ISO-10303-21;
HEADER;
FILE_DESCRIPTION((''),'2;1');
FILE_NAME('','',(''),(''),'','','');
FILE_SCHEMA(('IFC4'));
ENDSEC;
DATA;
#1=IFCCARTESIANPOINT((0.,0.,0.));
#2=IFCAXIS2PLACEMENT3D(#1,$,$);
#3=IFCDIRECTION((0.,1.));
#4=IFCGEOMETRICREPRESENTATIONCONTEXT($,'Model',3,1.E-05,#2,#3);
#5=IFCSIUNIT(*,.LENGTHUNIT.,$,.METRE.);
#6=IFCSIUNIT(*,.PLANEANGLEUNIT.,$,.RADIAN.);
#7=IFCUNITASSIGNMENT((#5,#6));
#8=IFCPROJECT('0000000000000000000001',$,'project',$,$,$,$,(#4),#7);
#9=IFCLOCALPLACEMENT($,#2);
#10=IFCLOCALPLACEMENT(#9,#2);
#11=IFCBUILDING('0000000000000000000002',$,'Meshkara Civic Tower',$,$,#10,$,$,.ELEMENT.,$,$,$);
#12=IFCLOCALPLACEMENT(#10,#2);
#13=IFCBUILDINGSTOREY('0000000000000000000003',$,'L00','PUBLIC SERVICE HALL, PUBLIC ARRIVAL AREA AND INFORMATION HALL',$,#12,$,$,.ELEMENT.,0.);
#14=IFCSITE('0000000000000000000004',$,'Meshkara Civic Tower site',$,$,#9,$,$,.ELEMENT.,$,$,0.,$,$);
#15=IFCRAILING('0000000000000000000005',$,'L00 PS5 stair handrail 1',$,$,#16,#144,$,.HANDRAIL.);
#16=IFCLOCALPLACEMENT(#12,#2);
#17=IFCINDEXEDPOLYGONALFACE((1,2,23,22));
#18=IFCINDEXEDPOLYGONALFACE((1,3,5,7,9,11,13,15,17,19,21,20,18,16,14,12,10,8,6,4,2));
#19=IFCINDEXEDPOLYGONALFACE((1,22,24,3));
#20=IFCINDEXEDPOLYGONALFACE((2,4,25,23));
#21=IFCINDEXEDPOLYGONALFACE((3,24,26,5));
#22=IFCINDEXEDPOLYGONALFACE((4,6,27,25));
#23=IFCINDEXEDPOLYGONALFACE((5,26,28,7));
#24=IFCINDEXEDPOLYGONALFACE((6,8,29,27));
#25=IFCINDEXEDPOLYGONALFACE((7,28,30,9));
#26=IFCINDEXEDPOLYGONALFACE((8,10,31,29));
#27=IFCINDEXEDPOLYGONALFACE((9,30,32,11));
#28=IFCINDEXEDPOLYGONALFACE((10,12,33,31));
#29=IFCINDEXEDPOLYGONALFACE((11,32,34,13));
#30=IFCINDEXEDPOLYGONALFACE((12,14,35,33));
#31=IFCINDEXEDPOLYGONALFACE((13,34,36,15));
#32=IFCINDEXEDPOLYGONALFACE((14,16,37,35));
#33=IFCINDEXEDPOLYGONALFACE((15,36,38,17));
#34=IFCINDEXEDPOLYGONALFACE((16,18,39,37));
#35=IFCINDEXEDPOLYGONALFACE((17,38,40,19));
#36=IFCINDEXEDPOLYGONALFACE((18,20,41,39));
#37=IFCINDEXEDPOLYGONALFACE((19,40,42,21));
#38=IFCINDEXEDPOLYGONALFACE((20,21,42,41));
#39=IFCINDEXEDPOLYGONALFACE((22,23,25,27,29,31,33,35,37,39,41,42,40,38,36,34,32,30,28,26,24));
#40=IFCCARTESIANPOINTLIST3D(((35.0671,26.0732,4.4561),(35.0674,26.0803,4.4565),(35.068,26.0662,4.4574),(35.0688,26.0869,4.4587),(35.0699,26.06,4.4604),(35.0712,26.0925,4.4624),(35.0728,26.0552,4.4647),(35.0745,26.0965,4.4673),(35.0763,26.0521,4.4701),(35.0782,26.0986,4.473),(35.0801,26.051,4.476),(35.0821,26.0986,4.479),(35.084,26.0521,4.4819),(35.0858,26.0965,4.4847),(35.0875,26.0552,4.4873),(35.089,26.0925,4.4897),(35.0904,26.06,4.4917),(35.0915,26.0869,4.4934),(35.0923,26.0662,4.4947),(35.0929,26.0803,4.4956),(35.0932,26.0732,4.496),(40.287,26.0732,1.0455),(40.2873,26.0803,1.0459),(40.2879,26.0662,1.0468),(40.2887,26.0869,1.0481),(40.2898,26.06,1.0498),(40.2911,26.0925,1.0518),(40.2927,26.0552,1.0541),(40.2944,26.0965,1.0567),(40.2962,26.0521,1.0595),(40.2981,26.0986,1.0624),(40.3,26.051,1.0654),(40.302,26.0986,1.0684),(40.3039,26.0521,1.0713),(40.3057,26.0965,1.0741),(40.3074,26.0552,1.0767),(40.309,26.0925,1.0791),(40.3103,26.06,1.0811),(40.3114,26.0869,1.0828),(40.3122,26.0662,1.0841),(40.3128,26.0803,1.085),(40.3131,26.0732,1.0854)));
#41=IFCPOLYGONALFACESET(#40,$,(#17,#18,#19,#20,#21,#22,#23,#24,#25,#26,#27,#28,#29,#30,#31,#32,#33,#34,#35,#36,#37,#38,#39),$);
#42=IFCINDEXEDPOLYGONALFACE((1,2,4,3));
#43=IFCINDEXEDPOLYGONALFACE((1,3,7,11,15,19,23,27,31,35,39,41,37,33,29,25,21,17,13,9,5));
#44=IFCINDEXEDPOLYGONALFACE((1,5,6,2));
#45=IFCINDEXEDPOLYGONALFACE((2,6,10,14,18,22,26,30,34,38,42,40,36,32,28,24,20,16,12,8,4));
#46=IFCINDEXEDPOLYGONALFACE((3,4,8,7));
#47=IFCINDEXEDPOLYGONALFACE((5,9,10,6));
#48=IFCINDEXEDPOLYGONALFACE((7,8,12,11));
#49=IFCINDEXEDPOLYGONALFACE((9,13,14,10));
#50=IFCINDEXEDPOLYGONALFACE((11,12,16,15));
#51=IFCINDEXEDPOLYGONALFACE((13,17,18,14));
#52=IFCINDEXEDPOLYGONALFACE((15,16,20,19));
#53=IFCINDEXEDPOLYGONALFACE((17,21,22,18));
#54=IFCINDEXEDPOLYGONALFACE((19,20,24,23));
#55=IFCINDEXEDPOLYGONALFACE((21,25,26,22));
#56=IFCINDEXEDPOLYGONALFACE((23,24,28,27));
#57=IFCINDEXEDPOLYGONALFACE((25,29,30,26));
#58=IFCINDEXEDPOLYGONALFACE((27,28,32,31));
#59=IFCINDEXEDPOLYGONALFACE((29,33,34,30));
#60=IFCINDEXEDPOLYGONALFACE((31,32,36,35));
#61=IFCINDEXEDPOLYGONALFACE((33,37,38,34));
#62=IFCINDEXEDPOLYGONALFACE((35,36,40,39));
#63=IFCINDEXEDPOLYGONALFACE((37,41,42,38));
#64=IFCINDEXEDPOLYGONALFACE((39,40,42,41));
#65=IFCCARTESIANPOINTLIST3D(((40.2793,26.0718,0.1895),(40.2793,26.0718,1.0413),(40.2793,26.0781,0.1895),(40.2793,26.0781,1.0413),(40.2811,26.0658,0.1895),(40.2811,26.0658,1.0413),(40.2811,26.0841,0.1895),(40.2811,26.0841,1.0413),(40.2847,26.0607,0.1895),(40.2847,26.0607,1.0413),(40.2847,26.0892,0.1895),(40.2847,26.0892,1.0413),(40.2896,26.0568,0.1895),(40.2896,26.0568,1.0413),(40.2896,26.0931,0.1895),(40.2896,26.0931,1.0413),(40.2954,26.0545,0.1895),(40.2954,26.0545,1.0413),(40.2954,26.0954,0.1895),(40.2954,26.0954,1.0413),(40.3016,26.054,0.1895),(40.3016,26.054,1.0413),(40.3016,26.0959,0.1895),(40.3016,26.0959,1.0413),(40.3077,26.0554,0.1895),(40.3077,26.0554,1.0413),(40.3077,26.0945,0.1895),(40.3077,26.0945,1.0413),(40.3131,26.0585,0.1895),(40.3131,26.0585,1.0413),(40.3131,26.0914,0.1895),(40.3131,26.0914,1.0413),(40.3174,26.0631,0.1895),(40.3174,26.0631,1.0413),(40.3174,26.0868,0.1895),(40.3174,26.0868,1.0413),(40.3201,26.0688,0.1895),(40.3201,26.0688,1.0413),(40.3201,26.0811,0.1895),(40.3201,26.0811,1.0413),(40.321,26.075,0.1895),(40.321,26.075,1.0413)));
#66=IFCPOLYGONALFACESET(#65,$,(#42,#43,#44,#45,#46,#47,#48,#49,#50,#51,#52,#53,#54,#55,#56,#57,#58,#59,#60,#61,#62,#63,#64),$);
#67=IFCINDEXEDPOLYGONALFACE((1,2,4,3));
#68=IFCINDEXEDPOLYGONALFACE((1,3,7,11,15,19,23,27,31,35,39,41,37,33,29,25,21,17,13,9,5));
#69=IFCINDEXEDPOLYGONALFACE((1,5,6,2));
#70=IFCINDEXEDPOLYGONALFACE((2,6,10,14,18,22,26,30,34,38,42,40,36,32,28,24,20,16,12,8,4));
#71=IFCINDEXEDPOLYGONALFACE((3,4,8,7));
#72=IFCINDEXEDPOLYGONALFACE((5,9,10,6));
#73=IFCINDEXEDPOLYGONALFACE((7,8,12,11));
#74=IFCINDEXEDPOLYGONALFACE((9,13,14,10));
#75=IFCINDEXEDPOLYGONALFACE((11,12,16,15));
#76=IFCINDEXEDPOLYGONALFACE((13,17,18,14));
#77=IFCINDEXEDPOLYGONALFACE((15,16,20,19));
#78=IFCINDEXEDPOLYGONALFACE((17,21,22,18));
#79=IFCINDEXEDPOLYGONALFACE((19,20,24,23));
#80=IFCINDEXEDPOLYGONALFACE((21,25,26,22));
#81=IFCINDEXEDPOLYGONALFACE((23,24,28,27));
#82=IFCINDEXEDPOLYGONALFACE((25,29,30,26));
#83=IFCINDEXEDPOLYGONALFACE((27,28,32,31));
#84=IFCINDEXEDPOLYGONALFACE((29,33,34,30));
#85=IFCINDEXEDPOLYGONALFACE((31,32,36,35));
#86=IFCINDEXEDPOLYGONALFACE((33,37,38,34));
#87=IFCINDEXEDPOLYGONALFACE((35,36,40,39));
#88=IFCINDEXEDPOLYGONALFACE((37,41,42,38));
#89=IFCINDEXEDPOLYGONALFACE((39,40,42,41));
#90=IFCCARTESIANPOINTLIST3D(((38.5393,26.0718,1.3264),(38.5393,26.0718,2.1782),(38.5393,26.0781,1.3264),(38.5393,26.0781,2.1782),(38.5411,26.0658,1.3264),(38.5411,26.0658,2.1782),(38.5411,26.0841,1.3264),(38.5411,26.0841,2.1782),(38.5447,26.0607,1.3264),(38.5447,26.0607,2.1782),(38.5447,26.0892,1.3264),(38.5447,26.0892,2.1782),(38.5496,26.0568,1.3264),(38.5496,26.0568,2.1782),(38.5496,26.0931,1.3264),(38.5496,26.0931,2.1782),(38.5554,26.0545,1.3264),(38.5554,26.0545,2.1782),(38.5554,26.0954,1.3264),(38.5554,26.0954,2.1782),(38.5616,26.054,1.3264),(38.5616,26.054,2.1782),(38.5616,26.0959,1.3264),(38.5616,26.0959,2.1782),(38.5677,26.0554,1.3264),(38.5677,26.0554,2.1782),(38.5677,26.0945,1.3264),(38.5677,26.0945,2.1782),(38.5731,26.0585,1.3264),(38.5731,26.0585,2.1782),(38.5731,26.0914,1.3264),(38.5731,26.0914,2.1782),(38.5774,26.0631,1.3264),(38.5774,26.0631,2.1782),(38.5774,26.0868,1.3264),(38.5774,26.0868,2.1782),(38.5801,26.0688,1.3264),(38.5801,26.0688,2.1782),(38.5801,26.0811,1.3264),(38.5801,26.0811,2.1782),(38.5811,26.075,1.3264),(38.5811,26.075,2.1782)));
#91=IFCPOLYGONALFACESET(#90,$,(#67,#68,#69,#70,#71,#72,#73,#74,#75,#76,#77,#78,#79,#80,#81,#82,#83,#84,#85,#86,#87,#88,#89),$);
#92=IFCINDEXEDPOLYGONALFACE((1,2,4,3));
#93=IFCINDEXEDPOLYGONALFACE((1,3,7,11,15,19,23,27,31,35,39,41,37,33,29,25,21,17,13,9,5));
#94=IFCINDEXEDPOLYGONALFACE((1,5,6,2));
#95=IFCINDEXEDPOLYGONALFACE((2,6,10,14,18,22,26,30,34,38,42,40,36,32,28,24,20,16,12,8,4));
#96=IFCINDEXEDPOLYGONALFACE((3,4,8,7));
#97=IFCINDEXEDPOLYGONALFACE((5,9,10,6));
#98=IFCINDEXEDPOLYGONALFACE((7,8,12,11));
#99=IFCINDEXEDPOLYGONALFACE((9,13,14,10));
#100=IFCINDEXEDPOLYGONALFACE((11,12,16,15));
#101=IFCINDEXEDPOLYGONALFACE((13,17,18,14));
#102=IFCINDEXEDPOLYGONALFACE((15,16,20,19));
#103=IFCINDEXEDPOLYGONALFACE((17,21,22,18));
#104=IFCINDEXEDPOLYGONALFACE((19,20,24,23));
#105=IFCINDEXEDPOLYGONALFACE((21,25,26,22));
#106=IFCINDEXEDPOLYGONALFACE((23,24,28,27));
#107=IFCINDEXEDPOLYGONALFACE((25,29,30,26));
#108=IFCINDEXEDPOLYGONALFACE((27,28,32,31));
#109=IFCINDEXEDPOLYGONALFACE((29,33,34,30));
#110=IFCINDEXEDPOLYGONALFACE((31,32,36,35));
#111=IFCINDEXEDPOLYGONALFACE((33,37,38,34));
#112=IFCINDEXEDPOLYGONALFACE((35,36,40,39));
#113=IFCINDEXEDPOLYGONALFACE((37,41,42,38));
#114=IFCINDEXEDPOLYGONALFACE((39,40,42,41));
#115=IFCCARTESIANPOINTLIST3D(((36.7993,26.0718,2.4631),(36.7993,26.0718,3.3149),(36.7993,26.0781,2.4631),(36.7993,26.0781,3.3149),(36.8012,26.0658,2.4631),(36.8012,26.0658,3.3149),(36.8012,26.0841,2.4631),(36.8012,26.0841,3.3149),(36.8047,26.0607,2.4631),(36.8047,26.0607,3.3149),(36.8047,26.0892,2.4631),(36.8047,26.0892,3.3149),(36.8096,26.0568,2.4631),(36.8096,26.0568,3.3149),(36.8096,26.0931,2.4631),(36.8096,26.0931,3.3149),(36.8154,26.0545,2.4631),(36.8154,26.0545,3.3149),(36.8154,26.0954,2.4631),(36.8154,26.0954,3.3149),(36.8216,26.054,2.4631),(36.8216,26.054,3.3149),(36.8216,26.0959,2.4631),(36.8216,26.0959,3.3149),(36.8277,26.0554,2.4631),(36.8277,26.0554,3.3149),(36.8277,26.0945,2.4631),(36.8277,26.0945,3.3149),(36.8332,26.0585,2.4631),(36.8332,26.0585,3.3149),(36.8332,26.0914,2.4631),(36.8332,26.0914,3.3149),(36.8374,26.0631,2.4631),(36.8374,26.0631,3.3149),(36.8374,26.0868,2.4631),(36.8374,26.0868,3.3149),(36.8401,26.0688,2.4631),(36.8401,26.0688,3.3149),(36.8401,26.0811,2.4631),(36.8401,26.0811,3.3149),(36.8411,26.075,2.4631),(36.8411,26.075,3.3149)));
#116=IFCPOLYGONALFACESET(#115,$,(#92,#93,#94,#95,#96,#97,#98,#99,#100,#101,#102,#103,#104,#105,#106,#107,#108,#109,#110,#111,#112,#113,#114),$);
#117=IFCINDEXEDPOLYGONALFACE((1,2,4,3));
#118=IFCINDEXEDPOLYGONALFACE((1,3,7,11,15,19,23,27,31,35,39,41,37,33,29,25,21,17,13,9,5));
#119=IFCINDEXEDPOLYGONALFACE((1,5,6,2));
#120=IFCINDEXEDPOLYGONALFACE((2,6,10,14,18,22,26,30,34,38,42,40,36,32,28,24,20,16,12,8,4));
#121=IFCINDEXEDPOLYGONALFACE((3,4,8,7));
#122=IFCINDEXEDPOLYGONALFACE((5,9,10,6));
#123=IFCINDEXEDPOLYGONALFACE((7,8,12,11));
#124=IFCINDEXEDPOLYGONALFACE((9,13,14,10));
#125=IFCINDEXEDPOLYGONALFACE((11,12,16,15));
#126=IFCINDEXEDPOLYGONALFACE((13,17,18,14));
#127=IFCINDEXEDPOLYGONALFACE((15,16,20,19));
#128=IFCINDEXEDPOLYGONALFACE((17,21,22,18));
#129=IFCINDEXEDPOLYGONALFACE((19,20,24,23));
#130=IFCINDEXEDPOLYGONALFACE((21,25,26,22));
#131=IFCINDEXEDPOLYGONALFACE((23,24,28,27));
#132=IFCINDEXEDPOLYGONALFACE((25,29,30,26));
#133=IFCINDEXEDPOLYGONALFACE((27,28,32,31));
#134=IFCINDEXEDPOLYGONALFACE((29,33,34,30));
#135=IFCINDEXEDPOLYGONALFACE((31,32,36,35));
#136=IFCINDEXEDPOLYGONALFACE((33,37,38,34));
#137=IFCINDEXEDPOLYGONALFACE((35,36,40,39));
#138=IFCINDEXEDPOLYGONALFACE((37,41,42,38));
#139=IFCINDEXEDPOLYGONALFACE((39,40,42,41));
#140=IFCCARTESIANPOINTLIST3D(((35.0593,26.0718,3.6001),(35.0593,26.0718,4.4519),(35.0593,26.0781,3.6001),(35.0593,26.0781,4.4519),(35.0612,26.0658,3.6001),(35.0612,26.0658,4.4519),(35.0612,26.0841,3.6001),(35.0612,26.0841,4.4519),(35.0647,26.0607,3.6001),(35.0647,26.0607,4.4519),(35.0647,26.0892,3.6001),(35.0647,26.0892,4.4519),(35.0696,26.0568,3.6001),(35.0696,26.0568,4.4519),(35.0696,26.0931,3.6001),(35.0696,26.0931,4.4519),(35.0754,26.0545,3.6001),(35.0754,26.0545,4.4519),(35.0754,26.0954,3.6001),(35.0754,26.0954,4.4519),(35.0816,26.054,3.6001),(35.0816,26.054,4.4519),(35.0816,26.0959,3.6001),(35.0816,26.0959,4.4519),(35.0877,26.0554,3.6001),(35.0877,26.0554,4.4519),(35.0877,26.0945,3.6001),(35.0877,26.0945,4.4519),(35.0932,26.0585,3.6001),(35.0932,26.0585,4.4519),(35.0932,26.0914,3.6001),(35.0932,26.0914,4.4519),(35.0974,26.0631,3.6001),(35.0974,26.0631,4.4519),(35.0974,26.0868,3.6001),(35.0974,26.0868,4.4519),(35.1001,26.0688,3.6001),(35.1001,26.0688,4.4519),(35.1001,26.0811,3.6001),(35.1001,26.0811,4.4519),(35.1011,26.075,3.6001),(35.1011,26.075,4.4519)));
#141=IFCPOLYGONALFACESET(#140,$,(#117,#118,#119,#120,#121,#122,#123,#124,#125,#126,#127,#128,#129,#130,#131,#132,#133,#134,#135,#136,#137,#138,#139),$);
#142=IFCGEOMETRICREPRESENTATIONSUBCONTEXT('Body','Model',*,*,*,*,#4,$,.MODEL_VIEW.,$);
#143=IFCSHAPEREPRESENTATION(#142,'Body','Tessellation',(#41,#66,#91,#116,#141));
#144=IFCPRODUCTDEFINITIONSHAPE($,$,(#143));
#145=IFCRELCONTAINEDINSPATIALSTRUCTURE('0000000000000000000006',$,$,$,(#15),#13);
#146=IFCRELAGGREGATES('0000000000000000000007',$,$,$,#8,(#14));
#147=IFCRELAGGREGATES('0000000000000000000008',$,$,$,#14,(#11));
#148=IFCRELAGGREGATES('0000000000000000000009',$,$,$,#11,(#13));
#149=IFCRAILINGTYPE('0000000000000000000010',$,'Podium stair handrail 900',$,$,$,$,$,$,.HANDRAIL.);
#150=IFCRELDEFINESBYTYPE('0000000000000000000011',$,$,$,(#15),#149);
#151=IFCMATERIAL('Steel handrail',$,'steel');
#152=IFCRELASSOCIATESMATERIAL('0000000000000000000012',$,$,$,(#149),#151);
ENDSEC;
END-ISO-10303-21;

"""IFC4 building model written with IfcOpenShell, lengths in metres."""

from ifc_helpers import new_model, si_unit, direction, frame, origin, origin_2d, place, context, subcontext, project, spatial, circle, extrude, material, type_object, element, save


model = new_model("IFC4")

# Units and contexts
model_context = context("Model", 3, precision=1e-05, world=origin(), true_north=direction((0.0, 1.0)))
body_context = subcontext(model_context, "Body", "Model", "MODEL_VIEW")
ifc_project = project(units=[si_unit("LENGTHUNIT", "METRE"), si_unit("PLANEANGLEUNIT", "RADIAN")], contexts=[model_context])

# Site, building, storey
site_placement = place(None, origin())
site = spatial("IfcSite", under=ifc_project, at=site_placement, Name="Meshkara Civic Tower site", CompositionType="ELEMENT", RefElevation=0.0)
building_placement = place(site_placement, origin())
building = spatial("IfcBuilding", under=site, at=building_placement, Name="Meshkara Civic Tower", CompositionType="ELEMENT")
storey_placement = place(building_placement, origin())
storey = spatial("IfcBuildingStorey", under=building, at=storey_placement, Name="L00", Description="PUBLIC SERVICE HALL, PUBLIC ARRIVAL AREA AND INFORMATION HALL", CompositionType="ELEMENT", Elevation=0.0)

# Railing
ifc_material_1 = material(Name="Steel handrail", Category="steel")
railing_type_1 = type_object("IfcRailingType", Name="Podium stair handrail 900", PredefinedType="HANDRAIL", material=ifc_material_1)
railing_1_placement = place(storey_placement, frame((40.3, 26.075, 0.1895)))
element("IfcRailing", 1, at=railing_1_placement, inside=storey, type_object=railing_type_1, Name="L00 PS5 stair handrail 1", PredefinedType="HANDRAIL", context=body_context, shape_type="SweptSolid", body=[
    extrude(circle(Radius=0.0239, at=origin_2d()), frame((0.0, 0.0, 0.876), z_axis=(-0.837147, 0.0, 0.546978), x_axis=(0.0, -1.0, 0.0)), (0.0, 0.0, 1.0), 6.2354),
    extrude(circle(Radius=0.021, at=origin_2d()), origin(), (0.0, 0.0, 1.0), 0.8518),
    extrude(circle(Radius=0.021, at=origin_2d()), frame((-1.74, 0.0, 1.137)), (0.0, 0.0, 1.0), 0.8518),
    extrude(circle(Radius=0.021, at=origin_2d()), frame((-3.48, 0.0, 2.2737)), (0.0, 0.0, 1.0), 0.8518),
    extrude(circle(Radius=0.021, at=origin_2d()), frame((-5.22, 0.0, 3.4106)), (0.0, 0.0, 1.0), 0.8518),
])

save(model, "model.ifc")
